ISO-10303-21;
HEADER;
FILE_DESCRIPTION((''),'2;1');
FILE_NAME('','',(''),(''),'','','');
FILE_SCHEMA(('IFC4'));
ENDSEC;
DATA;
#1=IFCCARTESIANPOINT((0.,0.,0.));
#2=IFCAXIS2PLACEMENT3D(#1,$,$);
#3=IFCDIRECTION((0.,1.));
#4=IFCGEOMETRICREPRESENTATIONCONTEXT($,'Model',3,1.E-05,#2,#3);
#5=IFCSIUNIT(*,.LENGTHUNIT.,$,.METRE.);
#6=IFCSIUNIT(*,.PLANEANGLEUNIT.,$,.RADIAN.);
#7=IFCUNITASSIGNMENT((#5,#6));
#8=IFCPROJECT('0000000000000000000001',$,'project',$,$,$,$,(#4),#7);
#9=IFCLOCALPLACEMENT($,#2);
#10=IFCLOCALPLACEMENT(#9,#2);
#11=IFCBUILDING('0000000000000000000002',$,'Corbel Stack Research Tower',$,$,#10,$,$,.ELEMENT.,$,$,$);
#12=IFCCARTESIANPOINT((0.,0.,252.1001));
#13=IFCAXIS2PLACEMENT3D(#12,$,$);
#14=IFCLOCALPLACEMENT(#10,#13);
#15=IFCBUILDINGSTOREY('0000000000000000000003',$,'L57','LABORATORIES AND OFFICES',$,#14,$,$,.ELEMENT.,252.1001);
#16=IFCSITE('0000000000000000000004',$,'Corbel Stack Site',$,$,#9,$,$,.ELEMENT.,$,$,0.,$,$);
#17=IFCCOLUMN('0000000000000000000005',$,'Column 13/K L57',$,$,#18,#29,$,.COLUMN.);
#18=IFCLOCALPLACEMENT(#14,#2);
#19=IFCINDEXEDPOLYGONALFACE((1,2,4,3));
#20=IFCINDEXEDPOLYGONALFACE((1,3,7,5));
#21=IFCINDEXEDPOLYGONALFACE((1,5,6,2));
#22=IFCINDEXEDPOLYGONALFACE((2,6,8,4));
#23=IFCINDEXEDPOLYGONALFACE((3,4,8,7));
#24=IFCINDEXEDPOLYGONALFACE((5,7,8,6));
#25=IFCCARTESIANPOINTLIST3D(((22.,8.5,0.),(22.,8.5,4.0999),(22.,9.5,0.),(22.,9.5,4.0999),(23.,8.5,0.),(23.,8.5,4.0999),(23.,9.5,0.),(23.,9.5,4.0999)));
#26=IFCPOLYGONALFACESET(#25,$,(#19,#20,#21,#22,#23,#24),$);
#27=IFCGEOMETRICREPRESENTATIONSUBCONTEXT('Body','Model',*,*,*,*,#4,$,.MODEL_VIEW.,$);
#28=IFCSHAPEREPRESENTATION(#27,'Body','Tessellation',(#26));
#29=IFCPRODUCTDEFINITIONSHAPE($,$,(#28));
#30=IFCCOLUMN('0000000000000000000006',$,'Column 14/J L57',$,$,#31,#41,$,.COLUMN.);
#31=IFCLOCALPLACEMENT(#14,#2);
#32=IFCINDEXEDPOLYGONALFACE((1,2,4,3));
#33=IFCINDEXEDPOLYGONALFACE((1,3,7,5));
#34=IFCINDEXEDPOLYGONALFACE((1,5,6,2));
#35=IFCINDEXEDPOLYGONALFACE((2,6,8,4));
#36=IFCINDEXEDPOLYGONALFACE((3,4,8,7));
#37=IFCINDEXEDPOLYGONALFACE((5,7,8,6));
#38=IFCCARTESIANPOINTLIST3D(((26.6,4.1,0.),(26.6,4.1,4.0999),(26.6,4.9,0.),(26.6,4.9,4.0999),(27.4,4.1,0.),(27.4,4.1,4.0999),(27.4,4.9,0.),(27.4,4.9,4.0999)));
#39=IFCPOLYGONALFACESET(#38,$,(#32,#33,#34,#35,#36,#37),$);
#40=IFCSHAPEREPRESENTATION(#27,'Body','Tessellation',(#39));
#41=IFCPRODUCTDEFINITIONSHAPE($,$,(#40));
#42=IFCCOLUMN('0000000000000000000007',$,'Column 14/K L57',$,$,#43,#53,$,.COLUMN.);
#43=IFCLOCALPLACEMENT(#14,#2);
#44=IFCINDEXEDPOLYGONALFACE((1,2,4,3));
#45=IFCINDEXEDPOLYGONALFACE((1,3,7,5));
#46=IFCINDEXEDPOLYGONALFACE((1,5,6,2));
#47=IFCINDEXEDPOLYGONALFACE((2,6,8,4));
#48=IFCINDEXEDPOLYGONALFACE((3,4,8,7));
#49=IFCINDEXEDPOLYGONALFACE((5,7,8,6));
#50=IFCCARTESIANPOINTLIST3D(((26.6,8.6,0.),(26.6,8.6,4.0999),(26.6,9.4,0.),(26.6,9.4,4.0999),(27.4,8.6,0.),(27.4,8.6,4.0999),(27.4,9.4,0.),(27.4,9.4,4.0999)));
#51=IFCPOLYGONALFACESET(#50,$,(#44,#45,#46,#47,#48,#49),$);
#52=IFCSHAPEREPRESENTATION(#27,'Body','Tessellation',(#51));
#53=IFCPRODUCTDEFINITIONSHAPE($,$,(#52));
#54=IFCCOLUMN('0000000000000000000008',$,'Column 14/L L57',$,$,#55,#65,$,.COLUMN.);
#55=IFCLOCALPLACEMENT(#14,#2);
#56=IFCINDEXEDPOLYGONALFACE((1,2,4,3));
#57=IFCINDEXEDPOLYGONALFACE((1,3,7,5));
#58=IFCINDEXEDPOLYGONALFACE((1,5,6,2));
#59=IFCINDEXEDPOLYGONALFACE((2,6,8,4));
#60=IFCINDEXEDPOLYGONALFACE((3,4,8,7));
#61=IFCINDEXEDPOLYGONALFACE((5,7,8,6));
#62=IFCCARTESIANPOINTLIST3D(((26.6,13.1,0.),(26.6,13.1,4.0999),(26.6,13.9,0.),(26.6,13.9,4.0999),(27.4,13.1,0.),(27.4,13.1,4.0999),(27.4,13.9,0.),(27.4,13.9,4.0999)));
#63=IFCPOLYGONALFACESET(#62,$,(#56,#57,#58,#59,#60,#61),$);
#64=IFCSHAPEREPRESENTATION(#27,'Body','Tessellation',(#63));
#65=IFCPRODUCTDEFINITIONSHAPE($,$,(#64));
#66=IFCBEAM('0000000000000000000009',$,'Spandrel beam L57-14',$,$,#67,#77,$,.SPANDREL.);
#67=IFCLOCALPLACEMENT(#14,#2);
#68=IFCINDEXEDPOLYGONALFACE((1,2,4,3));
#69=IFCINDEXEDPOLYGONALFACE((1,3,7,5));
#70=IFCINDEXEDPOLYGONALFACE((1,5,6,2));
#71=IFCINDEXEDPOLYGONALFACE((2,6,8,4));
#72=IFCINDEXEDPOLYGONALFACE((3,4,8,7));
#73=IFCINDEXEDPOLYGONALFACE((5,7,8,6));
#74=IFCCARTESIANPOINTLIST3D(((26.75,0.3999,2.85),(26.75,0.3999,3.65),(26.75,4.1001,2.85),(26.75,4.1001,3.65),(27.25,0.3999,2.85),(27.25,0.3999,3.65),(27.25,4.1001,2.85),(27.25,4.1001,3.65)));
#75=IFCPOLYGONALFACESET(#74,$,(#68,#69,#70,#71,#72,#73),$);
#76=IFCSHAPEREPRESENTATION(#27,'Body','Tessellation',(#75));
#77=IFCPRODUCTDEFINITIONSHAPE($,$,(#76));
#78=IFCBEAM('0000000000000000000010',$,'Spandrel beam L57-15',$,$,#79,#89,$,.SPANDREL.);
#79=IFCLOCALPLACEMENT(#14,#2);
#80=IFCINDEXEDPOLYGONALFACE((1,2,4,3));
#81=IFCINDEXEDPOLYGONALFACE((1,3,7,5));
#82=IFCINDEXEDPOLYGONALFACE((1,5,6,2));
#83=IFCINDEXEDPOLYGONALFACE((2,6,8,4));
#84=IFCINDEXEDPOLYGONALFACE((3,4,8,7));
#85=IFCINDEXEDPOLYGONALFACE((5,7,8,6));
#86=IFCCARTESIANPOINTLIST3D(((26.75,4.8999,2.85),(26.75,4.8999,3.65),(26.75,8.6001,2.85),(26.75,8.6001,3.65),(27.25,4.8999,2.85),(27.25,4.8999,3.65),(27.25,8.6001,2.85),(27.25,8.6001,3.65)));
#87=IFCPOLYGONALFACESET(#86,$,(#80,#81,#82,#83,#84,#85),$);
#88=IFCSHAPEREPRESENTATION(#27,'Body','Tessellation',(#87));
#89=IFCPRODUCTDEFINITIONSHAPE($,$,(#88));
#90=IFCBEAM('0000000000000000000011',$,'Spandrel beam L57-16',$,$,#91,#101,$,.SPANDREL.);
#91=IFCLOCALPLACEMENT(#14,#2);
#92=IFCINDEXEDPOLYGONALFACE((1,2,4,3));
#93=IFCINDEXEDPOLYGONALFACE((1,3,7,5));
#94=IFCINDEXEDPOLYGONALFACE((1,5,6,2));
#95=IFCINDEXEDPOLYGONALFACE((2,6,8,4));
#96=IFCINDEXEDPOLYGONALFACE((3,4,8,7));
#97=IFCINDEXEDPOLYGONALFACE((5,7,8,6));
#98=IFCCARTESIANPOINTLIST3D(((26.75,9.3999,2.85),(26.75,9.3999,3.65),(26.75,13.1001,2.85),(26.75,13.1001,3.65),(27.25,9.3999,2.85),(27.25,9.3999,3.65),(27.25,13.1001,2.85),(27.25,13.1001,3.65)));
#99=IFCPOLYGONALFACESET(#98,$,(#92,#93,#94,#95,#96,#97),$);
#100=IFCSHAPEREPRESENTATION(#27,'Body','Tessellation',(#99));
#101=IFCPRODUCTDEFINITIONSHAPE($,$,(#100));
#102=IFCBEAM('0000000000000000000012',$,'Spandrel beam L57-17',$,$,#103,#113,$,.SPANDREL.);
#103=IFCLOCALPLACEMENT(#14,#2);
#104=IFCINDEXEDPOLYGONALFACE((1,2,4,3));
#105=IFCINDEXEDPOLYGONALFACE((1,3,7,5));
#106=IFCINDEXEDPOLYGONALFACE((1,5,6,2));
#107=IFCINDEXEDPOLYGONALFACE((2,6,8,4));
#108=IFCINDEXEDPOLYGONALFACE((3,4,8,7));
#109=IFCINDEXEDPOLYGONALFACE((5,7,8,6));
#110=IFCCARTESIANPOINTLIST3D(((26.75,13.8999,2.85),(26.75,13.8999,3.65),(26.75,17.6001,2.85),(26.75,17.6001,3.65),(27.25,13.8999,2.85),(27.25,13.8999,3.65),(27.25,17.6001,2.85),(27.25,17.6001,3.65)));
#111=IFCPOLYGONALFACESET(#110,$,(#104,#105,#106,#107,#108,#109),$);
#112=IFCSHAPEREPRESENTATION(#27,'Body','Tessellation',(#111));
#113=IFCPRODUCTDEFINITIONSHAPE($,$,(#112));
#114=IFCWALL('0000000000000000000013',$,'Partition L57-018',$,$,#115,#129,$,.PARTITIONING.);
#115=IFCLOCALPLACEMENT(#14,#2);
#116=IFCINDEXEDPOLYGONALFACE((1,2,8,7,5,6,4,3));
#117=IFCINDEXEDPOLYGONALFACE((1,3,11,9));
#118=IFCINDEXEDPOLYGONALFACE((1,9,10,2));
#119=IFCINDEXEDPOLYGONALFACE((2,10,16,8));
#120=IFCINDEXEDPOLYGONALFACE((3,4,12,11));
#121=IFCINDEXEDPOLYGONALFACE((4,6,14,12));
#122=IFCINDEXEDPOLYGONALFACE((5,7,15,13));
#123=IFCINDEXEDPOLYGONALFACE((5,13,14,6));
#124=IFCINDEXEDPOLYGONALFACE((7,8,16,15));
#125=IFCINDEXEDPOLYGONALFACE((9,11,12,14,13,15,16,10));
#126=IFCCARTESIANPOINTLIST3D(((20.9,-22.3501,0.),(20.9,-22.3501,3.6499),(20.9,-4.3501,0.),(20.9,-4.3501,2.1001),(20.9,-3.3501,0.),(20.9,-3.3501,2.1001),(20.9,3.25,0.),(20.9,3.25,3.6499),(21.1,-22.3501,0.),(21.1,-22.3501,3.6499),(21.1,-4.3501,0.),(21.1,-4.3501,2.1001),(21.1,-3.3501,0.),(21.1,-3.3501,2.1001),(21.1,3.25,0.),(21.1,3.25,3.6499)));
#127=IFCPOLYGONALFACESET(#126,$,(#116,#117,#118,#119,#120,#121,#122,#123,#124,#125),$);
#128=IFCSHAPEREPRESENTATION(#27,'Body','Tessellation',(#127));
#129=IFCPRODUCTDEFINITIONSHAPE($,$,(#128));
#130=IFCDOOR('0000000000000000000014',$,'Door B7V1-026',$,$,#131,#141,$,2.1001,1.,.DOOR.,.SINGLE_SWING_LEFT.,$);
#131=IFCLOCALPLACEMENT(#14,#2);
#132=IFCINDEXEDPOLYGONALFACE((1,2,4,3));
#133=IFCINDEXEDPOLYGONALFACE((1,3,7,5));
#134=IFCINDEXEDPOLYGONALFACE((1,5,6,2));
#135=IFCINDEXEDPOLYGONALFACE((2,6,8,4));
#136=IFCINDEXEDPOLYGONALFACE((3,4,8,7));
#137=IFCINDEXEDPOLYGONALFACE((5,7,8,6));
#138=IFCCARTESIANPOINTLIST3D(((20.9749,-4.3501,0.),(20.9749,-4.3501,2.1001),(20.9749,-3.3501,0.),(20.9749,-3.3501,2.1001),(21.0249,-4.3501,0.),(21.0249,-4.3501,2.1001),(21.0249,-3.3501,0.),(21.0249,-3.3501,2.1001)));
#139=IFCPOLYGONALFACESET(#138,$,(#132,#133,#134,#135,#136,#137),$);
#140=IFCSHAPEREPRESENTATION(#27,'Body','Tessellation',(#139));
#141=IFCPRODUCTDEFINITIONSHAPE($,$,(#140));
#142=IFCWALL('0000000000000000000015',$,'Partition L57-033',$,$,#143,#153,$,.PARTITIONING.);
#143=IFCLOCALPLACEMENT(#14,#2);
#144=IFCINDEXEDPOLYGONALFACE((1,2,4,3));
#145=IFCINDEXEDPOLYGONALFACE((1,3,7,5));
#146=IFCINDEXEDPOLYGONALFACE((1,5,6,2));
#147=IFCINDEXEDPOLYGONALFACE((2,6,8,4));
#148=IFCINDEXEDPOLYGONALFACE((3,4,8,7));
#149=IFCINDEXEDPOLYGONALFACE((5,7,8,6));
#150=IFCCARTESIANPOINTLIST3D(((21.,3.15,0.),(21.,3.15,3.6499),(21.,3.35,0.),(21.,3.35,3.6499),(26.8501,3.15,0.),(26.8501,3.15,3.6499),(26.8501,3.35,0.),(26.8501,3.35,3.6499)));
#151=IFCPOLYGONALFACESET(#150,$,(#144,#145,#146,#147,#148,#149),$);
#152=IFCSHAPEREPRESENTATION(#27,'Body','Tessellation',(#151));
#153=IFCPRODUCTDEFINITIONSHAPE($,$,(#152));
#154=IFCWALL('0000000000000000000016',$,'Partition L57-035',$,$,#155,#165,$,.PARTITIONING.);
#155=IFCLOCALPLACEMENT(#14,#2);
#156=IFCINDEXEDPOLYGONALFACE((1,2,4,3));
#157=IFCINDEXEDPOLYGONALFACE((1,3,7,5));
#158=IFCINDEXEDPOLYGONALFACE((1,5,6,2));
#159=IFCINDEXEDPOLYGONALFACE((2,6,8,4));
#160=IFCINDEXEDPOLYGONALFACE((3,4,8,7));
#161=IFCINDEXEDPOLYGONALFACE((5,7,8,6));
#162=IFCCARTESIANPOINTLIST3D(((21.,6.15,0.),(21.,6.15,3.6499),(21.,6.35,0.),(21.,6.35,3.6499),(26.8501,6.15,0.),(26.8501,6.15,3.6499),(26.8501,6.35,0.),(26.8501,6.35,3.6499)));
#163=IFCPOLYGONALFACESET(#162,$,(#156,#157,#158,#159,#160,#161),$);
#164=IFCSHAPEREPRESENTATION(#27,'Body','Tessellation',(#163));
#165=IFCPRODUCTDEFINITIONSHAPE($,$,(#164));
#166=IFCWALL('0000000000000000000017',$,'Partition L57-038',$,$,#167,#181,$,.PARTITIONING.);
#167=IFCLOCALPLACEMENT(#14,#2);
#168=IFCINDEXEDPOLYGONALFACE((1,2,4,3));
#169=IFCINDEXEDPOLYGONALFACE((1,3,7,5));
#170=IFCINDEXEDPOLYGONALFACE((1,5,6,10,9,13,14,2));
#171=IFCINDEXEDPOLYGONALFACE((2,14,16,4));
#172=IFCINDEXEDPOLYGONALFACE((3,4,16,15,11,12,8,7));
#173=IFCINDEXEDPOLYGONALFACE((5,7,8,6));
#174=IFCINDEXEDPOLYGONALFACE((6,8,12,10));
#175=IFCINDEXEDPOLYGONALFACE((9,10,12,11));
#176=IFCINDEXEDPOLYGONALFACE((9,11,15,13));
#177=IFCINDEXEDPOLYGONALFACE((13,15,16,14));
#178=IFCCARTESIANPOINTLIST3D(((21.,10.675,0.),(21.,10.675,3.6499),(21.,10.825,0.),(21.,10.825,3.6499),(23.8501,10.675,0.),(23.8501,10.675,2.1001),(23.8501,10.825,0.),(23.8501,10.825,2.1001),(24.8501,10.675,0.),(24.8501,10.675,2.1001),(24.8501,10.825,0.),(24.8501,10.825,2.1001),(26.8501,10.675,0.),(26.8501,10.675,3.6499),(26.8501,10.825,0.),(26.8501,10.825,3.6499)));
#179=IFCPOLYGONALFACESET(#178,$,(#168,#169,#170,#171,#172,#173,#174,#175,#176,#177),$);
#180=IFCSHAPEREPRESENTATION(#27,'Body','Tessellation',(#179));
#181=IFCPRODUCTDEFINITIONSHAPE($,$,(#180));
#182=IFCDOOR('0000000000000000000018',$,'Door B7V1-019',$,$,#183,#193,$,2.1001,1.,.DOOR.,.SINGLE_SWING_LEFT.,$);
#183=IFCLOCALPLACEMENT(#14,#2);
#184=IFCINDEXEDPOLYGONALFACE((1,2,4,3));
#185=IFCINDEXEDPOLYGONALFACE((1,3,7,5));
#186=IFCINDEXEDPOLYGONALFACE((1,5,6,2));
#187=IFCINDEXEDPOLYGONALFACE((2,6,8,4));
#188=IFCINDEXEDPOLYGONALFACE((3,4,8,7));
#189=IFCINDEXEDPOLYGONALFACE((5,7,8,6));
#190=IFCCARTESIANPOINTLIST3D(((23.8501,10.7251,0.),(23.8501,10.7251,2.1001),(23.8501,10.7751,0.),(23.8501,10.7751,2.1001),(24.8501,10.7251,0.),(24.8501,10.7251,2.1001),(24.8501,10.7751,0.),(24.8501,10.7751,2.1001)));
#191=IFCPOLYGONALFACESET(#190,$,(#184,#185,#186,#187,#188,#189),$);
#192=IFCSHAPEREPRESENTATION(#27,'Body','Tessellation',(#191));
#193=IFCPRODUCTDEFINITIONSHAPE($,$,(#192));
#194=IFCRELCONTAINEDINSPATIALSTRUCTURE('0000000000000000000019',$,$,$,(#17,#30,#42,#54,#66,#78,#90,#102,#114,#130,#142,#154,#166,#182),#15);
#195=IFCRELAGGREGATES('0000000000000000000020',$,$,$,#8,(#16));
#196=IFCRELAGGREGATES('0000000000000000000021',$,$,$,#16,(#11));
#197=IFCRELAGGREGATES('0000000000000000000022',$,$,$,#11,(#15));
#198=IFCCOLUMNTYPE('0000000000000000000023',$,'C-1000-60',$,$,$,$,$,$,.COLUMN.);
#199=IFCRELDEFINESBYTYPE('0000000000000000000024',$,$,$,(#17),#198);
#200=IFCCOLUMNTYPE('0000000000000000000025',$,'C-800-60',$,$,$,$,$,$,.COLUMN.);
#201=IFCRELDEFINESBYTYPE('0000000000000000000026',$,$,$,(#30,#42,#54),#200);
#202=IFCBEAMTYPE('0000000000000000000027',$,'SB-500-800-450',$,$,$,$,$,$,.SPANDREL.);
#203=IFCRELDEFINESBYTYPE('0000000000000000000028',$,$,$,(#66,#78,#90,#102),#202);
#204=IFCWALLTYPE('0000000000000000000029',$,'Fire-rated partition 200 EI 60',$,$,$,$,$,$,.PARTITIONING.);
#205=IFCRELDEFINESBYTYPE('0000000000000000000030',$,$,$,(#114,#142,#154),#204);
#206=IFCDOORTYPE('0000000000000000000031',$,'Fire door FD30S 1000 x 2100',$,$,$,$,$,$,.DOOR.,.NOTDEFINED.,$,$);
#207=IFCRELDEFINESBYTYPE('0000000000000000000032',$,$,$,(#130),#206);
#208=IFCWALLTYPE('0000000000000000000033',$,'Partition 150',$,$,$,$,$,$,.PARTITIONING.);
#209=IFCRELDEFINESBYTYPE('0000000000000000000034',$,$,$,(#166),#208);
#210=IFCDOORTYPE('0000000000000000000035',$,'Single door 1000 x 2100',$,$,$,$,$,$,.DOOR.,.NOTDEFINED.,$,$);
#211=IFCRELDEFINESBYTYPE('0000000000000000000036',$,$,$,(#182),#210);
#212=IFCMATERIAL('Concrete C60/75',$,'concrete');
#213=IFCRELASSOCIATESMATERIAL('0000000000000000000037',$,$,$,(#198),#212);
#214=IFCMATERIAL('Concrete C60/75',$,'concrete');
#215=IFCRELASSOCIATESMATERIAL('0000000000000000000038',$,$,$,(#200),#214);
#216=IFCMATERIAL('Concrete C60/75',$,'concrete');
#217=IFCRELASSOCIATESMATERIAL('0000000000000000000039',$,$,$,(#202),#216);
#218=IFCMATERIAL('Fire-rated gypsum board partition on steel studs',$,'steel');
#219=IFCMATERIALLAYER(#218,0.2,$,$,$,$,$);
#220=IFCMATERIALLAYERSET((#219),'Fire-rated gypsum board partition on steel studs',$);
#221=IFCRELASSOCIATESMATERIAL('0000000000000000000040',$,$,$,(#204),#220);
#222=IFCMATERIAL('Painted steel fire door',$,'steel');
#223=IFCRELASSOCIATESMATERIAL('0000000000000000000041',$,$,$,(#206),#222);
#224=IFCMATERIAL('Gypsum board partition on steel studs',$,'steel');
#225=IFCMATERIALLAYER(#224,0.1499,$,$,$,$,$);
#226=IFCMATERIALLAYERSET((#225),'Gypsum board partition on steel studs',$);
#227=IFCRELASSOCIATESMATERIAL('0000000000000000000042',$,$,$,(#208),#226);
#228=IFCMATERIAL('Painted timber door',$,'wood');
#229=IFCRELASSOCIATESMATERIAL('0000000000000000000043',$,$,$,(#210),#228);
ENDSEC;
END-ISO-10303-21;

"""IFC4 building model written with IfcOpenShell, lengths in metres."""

from ifc_helpers import new_model, si_unit, direction, frame, frame_2d, origin, origin_2d, place, context, subcontext, project, spatial, rectangle, extrude, material, layer, layer_set, material_profile, profile_set, type_object, element, fill, save


model = new_model("IFC4")

# Units and contexts
model_context = context("Model", 3, precision=1e-05, world=origin(), true_north=direction((0.0, 1.0)))
body_context = subcontext(model_context, "Body", "Model", "MODEL_VIEW")
ifc_project = project(units=[si_unit("LENGTHUNIT", "METRE"), si_unit("PLANEANGLEUNIT", "RADIAN")], contexts=[model_context])

# Site, building, storey
site_placement = place(None, origin())
site = spatial("IfcSite", under=ifc_project, at=site_placement, Name="Corbel Stack Site", CompositionType="ELEMENT", RefElevation=0.0)
building_placement = place(site_placement, origin())
building = spatial("IfcBuilding", under=site, at=building_placement, Name="Corbel Stack Research Tower", CompositionType="ELEMENT")
storey_placement = place(building_placement, frame((0.0, 0.0, 252.1001)))
storey = spatial("IfcBuildingStorey", under=building, at=storey_placement, Name="L57", Description="LABORATORIES AND OFFICES", CompositionType="ELEMENT", Elevation=252.1001)

# Columns
ifc_material_1 = material(Name="Concrete C60/75", Category="concrete")
ifc_material_profile_1 = material_profile(ifc_material_1, rectangle(XDim=1.0, YDim=1.0, at=origin_2d()), Name="RC 1000 x 1000")
ifc_profile_set_1 = profile_set([ifc_material_profile_1], Name="Concrete C60/75")
column_type_1 = type_object("IfcColumnType", Name="C-1000-60", PredefinedType="COLUMN", material=ifc_profile_set_1)
column_placement = place(storey_placement, frame((22.5, 9.0, 0.0), z_axis=(0.0, 0.0, 1.0), x_axis=(1.0, 0.0, 0.0)))
element("IfcColumn", 1, at=column_placement, inside=storey, type_object=column_type_1, Name="Column 13/K L57", PredefinedType="COLUMN", context=body_context, shape_type="SweptSolid", body=[
    extrude(rectangle(XDim=1.0, YDim=1.0, at=origin_2d()), origin(), (0.0, 0.0, 1.0), 4.0999),
])
ifc_material_2 = material(Name="Concrete C60/75", Category="concrete")
ifc_material_profile_2 = material_profile(ifc_material_2, rectangle(XDim=0.8, YDim=0.8, at=origin_2d()), Name="RC 800 x 800")
ifc_profile_set_2 = profile_set([ifc_material_profile_2], Name="Concrete C60/75")
column_type_2 = type_object("IfcColumnType", Name="C-800-60", PredefinedType="COLUMN", material=ifc_profile_set_2)
for number, where, z_axis, x_axis, name in (
    (2, (27.0, 4.5, 0.0), (0.0, 0.0, 1.0), (1.0, 0.0, 0.0), "Column 14/J L57"),
    (3, (27.0, 9.0, 0.0), (0.0, 0.0, 1.0), (1.0, 0.0, 0.0), "Column 14/K L57"),
    (4, (27.0, 13.5, 0.0), (0.0, 0.0, 1.0), (1.0, 0.0, 0.0), "Column 14/L L57"),
):
    element("IfcColumn", number, at=place(storey_placement, frame(where, z_axis=z_axis, x_axis=x_axis)), inside=storey, type_object=column_type_2, Name=name, PredefinedType="COLUMN", context=body_context, shape_type="SweptSolid", body=[
        extrude(rectangle(XDim=0.8, YDim=0.8, at=origin_2d()), origin(), (0.0, 0.0, 1.0), 4.0999),
    ])

# Beams
ifc_material_3 = material(Name="Concrete C60/75", Category="concrete")
ifc_material_profile_3 = material_profile(ifc_material_3, rectangle(XDim=0.5, YDim=0.8, at=origin_2d()), Name="RC 500 x 800")
ifc_profile_set_3 = profile_set([ifc_material_profile_3], Name="Concrete C60/75")
beam_type = type_object("IfcBeamType", Name="SB-500-800-450", PredefinedType="SPANDREL", material=ifc_profile_set_3)
for number, where, z_axis, x_axis, name in (
    (5, (27.0, 0.3999, 3.25), (0.0, 1.0, 0.0), (-1.0, 0.0, 0.0), "Spandrel beam L57-14"),
    (6, (27.0, 4.8999, 3.25), (0.0, 1.0, 0.0), (-1.0, 0.0, 0.0), "Spandrel beam L57-15"),
    (7, (27.0, 9.3999, 3.25), (0.0, 1.0, 0.0), (-1.0, 0.0, 0.0), "Spandrel beam L57-16"),
    (8, (27.0, 13.8999, 3.25), (0.0, 1.0, 0.0), (-1.0, 0.0, 0.0), "Spandrel beam L57-17"),
):
    element("IfcBeam", number, at=place(storey_placement, frame(where, z_axis=z_axis, x_axis=x_axis)), inside=storey, type_object=beam_type, Name=name, PredefinedType="SPANDREL", context=body_context, shape_type="SweptSolid", body=[
        extrude(rectangle(XDim=0.5, YDim=0.8, at=origin_2d()), origin(), (0.0, 0.0, 1.0), 3.7002),
    ])

# Wall, opening, door
ifc_material_4 = material(Name="Fire-rated gypsum board partition on steel studs", Category="steel")
ifc_layer_1 = layer(ifc_material_4, 0.2)
ifc_layer_set_1 = layer_set([ifc_layer_1], Name="Fire-rated gypsum board partition on steel studs")
wall_type_1 = type_object("IfcWallType", Name="Fire-rated partition 200 EI 60", PredefinedType="PARTITIONING", material=ifc_layer_set_1)
wall_1_placement = place(storey_placement, frame((21.0, 3.25, 0.0), z_axis=(0.0, 0.0, 1.0), x_axis=(0.0, -1.0, 0.0)))
wall_1 = element("IfcWall", 9, at=wall_1_placement, inside=storey, type_object=wall_type_1, Name="Partition L57-018", PredefinedType="PARTITIONING", context=body_context, shape_type="SweptSolid", body=[
    extrude(rectangle(XDim=25.6001, YDim=0.2, at=frame_2d((12.8, 0.0))), origin(), (0.0, 0.0, 1.0), 3.6499),
])
opening_1_placement = place(wall_1_placement, frame((6.6001, 0.0, 0.0)))
opening_1 = element("IfcOpeningElement", 10, at=opening_1_placement, cuts=wall_1, PredefinedType="OPENING", context=body_context, shape_type="SweptSolid", body=[
    extrude(rectangle(XDim=1.0, YDim=2.1001, at=frame_2d((0.5, 1.05))), frame((0.0, 0.1099, 0.0), z_axis=(0.0, -1.0, 0.0), x_axis=(1.0, 0.0, 0.0)), (0.0, 0.0, 1.0), 0.22),
])
ifc_material_5 = material(Name="Painted steel fire door", Category="steel")
door_type_1 = type_object("IfcDoorType", Name="Fire door FD30S 1000 x 2100", OperationType="NOTDEFINED", PredefinedType="DOOR", material=ifc_material_5)
door_1_placement = place(opening_1_placement, origin())
door_1 = element("IfcDoor", 11, at=door_1_placement, inside=storey, type_object=door_type_1, Name="Door B7V1-026", OperationType="SINGLE_SWING_LEFT", OverallHeight=2.1001, OverallWidth=1.0, PredefinedType="DOOR", context=body_context, shape_type="SweptSolid", body=[
    extrude(rectangle(XDim=1.0, YDim=2.1001, at=frame_2d((0.5, 1.05))), frame((0.0, 0.0249, 0.0), z_axis=(0.0, -1.0, 0.0), x_axis=(1.0, 0.0, 0.0)), (0.0, 0.0, 1.0), 0.05),
])
fill(opening_1, door_1)

# Walls
for number, where, z_axis, x_axis, name in (
    (12, (21.0, 3.25, 0.0), (0.0, 0.0, 1.0), (1.0, 0.0, 0.0), "Partition L57-033"),
    (13, (21.0, 6.25, 0.0), (0.0, 0.0, 1.0), (1.0, 0.0, 0.0), "Partition L57-035"),
):
    element("IfcWall", number, at=place(storey_placement, frame(where, z_axis=z_axis, x_axis=x_axis)), inside=storey, type_object=wall_type_1, Name=name, PredefinedType="PARTITIONING", context=body_context, shape_type="SweptSolid", body=[
        extrude(rectangle(XDim=5.8501, YDim=0.2, at=frame_2d((2.925, 0.0))), origin(), (0.0, 0.0, 1.0), 3.6499),
    ])

# Wall, opening, door
ifc_material_6 = material(Name="Gypsum board partition on steel studs", Category="steel")
ifc_layer_2 = layer(ifc_material_6, 0.1499)
ifc_layer_set_2 = layer_set([ifc_layer_2], Name="Gypsum board partition on steel studs")
wall_type_2 = type_object("IfcWallType", Name="Partition 150", PredefinedType="PARTITIONING", material=ifc_layer_set_2)
wall_2_placement = place(storey_placement, frame((26.8501, 10.75, 0.0), z_axis=(0.0, 0.0, 1.0), x_axis=(-1.0, 0.0, 0.0)))
wall_2 = element("IfcWall", 14, at=wall_2_placement, inside=storey, type_object=wall_type_2, Name="Partition L57-038", PredefinedType="PARTITIONING", context=body_context, shape_type="SweptSolid", body=[
    extrude(rectangle(XDim=5.8501, YDim=0.1499, at=frame_2d((2.925, 0.0))), origin(), (0.0, 0.0, 1.0), 3.6499),
])
opening_2_placement = place(wall_2_placement, frame((2.0, 0.0, 0.0)))
opening_2 = element("IfcOpeningElement", 15, at=opening_2_placement, cuts=wall_2, PredefinedType="OPENING", context=body_context, shape_type="SweptSolid", body=[
    extrude(rectangle(XDim=1.0, YDim=2.1001, at=frame_2d((0.5, 1.05))), frame((0.0, 0.085, 0.0), z_axis=(0.0, -1.0, 0.0), x_axis=(1.0, 0.0, 0.0)), (0.0, 0.0, 1.0), 0.1699),
])
ifc_material_7 = material(Name="Painted timber door", Category="wood")
door_type_2 = type_object("IfcDoorType", Name="Single door 1000 x 2100", OperationType="NOTDEFINED", PredefinedType="DOOR", material=ifc_material_7)
door_2_placement = place(opening_2_placement, origin())
door_2 = element("IfcDoor", 16, at=door_2_placement, inside=storey, type_object=door_type_2, Name="Door B7V1-019", OperationType="SINGLE_SWING_LEFT", OverallHeight=2.1001, OverallWidth=1.0, PredefinedType="DOOR", context=body_context, shape_type="SweptSolid", body=[
    extrude(rectangle(XDim=1.0, YDim=2.1001, at=frame_2d((0.5, 1.05))), frame((0.0, 0.0249, 0.0), z_axis=(0.0, -1.0, 0.0), x_axis=(1.0, 0.0, 0.0)), (0.0, 0.0, 1.0), 0.05),
])
fill(opening_2, door_2)

save(model, "model.ifc")
